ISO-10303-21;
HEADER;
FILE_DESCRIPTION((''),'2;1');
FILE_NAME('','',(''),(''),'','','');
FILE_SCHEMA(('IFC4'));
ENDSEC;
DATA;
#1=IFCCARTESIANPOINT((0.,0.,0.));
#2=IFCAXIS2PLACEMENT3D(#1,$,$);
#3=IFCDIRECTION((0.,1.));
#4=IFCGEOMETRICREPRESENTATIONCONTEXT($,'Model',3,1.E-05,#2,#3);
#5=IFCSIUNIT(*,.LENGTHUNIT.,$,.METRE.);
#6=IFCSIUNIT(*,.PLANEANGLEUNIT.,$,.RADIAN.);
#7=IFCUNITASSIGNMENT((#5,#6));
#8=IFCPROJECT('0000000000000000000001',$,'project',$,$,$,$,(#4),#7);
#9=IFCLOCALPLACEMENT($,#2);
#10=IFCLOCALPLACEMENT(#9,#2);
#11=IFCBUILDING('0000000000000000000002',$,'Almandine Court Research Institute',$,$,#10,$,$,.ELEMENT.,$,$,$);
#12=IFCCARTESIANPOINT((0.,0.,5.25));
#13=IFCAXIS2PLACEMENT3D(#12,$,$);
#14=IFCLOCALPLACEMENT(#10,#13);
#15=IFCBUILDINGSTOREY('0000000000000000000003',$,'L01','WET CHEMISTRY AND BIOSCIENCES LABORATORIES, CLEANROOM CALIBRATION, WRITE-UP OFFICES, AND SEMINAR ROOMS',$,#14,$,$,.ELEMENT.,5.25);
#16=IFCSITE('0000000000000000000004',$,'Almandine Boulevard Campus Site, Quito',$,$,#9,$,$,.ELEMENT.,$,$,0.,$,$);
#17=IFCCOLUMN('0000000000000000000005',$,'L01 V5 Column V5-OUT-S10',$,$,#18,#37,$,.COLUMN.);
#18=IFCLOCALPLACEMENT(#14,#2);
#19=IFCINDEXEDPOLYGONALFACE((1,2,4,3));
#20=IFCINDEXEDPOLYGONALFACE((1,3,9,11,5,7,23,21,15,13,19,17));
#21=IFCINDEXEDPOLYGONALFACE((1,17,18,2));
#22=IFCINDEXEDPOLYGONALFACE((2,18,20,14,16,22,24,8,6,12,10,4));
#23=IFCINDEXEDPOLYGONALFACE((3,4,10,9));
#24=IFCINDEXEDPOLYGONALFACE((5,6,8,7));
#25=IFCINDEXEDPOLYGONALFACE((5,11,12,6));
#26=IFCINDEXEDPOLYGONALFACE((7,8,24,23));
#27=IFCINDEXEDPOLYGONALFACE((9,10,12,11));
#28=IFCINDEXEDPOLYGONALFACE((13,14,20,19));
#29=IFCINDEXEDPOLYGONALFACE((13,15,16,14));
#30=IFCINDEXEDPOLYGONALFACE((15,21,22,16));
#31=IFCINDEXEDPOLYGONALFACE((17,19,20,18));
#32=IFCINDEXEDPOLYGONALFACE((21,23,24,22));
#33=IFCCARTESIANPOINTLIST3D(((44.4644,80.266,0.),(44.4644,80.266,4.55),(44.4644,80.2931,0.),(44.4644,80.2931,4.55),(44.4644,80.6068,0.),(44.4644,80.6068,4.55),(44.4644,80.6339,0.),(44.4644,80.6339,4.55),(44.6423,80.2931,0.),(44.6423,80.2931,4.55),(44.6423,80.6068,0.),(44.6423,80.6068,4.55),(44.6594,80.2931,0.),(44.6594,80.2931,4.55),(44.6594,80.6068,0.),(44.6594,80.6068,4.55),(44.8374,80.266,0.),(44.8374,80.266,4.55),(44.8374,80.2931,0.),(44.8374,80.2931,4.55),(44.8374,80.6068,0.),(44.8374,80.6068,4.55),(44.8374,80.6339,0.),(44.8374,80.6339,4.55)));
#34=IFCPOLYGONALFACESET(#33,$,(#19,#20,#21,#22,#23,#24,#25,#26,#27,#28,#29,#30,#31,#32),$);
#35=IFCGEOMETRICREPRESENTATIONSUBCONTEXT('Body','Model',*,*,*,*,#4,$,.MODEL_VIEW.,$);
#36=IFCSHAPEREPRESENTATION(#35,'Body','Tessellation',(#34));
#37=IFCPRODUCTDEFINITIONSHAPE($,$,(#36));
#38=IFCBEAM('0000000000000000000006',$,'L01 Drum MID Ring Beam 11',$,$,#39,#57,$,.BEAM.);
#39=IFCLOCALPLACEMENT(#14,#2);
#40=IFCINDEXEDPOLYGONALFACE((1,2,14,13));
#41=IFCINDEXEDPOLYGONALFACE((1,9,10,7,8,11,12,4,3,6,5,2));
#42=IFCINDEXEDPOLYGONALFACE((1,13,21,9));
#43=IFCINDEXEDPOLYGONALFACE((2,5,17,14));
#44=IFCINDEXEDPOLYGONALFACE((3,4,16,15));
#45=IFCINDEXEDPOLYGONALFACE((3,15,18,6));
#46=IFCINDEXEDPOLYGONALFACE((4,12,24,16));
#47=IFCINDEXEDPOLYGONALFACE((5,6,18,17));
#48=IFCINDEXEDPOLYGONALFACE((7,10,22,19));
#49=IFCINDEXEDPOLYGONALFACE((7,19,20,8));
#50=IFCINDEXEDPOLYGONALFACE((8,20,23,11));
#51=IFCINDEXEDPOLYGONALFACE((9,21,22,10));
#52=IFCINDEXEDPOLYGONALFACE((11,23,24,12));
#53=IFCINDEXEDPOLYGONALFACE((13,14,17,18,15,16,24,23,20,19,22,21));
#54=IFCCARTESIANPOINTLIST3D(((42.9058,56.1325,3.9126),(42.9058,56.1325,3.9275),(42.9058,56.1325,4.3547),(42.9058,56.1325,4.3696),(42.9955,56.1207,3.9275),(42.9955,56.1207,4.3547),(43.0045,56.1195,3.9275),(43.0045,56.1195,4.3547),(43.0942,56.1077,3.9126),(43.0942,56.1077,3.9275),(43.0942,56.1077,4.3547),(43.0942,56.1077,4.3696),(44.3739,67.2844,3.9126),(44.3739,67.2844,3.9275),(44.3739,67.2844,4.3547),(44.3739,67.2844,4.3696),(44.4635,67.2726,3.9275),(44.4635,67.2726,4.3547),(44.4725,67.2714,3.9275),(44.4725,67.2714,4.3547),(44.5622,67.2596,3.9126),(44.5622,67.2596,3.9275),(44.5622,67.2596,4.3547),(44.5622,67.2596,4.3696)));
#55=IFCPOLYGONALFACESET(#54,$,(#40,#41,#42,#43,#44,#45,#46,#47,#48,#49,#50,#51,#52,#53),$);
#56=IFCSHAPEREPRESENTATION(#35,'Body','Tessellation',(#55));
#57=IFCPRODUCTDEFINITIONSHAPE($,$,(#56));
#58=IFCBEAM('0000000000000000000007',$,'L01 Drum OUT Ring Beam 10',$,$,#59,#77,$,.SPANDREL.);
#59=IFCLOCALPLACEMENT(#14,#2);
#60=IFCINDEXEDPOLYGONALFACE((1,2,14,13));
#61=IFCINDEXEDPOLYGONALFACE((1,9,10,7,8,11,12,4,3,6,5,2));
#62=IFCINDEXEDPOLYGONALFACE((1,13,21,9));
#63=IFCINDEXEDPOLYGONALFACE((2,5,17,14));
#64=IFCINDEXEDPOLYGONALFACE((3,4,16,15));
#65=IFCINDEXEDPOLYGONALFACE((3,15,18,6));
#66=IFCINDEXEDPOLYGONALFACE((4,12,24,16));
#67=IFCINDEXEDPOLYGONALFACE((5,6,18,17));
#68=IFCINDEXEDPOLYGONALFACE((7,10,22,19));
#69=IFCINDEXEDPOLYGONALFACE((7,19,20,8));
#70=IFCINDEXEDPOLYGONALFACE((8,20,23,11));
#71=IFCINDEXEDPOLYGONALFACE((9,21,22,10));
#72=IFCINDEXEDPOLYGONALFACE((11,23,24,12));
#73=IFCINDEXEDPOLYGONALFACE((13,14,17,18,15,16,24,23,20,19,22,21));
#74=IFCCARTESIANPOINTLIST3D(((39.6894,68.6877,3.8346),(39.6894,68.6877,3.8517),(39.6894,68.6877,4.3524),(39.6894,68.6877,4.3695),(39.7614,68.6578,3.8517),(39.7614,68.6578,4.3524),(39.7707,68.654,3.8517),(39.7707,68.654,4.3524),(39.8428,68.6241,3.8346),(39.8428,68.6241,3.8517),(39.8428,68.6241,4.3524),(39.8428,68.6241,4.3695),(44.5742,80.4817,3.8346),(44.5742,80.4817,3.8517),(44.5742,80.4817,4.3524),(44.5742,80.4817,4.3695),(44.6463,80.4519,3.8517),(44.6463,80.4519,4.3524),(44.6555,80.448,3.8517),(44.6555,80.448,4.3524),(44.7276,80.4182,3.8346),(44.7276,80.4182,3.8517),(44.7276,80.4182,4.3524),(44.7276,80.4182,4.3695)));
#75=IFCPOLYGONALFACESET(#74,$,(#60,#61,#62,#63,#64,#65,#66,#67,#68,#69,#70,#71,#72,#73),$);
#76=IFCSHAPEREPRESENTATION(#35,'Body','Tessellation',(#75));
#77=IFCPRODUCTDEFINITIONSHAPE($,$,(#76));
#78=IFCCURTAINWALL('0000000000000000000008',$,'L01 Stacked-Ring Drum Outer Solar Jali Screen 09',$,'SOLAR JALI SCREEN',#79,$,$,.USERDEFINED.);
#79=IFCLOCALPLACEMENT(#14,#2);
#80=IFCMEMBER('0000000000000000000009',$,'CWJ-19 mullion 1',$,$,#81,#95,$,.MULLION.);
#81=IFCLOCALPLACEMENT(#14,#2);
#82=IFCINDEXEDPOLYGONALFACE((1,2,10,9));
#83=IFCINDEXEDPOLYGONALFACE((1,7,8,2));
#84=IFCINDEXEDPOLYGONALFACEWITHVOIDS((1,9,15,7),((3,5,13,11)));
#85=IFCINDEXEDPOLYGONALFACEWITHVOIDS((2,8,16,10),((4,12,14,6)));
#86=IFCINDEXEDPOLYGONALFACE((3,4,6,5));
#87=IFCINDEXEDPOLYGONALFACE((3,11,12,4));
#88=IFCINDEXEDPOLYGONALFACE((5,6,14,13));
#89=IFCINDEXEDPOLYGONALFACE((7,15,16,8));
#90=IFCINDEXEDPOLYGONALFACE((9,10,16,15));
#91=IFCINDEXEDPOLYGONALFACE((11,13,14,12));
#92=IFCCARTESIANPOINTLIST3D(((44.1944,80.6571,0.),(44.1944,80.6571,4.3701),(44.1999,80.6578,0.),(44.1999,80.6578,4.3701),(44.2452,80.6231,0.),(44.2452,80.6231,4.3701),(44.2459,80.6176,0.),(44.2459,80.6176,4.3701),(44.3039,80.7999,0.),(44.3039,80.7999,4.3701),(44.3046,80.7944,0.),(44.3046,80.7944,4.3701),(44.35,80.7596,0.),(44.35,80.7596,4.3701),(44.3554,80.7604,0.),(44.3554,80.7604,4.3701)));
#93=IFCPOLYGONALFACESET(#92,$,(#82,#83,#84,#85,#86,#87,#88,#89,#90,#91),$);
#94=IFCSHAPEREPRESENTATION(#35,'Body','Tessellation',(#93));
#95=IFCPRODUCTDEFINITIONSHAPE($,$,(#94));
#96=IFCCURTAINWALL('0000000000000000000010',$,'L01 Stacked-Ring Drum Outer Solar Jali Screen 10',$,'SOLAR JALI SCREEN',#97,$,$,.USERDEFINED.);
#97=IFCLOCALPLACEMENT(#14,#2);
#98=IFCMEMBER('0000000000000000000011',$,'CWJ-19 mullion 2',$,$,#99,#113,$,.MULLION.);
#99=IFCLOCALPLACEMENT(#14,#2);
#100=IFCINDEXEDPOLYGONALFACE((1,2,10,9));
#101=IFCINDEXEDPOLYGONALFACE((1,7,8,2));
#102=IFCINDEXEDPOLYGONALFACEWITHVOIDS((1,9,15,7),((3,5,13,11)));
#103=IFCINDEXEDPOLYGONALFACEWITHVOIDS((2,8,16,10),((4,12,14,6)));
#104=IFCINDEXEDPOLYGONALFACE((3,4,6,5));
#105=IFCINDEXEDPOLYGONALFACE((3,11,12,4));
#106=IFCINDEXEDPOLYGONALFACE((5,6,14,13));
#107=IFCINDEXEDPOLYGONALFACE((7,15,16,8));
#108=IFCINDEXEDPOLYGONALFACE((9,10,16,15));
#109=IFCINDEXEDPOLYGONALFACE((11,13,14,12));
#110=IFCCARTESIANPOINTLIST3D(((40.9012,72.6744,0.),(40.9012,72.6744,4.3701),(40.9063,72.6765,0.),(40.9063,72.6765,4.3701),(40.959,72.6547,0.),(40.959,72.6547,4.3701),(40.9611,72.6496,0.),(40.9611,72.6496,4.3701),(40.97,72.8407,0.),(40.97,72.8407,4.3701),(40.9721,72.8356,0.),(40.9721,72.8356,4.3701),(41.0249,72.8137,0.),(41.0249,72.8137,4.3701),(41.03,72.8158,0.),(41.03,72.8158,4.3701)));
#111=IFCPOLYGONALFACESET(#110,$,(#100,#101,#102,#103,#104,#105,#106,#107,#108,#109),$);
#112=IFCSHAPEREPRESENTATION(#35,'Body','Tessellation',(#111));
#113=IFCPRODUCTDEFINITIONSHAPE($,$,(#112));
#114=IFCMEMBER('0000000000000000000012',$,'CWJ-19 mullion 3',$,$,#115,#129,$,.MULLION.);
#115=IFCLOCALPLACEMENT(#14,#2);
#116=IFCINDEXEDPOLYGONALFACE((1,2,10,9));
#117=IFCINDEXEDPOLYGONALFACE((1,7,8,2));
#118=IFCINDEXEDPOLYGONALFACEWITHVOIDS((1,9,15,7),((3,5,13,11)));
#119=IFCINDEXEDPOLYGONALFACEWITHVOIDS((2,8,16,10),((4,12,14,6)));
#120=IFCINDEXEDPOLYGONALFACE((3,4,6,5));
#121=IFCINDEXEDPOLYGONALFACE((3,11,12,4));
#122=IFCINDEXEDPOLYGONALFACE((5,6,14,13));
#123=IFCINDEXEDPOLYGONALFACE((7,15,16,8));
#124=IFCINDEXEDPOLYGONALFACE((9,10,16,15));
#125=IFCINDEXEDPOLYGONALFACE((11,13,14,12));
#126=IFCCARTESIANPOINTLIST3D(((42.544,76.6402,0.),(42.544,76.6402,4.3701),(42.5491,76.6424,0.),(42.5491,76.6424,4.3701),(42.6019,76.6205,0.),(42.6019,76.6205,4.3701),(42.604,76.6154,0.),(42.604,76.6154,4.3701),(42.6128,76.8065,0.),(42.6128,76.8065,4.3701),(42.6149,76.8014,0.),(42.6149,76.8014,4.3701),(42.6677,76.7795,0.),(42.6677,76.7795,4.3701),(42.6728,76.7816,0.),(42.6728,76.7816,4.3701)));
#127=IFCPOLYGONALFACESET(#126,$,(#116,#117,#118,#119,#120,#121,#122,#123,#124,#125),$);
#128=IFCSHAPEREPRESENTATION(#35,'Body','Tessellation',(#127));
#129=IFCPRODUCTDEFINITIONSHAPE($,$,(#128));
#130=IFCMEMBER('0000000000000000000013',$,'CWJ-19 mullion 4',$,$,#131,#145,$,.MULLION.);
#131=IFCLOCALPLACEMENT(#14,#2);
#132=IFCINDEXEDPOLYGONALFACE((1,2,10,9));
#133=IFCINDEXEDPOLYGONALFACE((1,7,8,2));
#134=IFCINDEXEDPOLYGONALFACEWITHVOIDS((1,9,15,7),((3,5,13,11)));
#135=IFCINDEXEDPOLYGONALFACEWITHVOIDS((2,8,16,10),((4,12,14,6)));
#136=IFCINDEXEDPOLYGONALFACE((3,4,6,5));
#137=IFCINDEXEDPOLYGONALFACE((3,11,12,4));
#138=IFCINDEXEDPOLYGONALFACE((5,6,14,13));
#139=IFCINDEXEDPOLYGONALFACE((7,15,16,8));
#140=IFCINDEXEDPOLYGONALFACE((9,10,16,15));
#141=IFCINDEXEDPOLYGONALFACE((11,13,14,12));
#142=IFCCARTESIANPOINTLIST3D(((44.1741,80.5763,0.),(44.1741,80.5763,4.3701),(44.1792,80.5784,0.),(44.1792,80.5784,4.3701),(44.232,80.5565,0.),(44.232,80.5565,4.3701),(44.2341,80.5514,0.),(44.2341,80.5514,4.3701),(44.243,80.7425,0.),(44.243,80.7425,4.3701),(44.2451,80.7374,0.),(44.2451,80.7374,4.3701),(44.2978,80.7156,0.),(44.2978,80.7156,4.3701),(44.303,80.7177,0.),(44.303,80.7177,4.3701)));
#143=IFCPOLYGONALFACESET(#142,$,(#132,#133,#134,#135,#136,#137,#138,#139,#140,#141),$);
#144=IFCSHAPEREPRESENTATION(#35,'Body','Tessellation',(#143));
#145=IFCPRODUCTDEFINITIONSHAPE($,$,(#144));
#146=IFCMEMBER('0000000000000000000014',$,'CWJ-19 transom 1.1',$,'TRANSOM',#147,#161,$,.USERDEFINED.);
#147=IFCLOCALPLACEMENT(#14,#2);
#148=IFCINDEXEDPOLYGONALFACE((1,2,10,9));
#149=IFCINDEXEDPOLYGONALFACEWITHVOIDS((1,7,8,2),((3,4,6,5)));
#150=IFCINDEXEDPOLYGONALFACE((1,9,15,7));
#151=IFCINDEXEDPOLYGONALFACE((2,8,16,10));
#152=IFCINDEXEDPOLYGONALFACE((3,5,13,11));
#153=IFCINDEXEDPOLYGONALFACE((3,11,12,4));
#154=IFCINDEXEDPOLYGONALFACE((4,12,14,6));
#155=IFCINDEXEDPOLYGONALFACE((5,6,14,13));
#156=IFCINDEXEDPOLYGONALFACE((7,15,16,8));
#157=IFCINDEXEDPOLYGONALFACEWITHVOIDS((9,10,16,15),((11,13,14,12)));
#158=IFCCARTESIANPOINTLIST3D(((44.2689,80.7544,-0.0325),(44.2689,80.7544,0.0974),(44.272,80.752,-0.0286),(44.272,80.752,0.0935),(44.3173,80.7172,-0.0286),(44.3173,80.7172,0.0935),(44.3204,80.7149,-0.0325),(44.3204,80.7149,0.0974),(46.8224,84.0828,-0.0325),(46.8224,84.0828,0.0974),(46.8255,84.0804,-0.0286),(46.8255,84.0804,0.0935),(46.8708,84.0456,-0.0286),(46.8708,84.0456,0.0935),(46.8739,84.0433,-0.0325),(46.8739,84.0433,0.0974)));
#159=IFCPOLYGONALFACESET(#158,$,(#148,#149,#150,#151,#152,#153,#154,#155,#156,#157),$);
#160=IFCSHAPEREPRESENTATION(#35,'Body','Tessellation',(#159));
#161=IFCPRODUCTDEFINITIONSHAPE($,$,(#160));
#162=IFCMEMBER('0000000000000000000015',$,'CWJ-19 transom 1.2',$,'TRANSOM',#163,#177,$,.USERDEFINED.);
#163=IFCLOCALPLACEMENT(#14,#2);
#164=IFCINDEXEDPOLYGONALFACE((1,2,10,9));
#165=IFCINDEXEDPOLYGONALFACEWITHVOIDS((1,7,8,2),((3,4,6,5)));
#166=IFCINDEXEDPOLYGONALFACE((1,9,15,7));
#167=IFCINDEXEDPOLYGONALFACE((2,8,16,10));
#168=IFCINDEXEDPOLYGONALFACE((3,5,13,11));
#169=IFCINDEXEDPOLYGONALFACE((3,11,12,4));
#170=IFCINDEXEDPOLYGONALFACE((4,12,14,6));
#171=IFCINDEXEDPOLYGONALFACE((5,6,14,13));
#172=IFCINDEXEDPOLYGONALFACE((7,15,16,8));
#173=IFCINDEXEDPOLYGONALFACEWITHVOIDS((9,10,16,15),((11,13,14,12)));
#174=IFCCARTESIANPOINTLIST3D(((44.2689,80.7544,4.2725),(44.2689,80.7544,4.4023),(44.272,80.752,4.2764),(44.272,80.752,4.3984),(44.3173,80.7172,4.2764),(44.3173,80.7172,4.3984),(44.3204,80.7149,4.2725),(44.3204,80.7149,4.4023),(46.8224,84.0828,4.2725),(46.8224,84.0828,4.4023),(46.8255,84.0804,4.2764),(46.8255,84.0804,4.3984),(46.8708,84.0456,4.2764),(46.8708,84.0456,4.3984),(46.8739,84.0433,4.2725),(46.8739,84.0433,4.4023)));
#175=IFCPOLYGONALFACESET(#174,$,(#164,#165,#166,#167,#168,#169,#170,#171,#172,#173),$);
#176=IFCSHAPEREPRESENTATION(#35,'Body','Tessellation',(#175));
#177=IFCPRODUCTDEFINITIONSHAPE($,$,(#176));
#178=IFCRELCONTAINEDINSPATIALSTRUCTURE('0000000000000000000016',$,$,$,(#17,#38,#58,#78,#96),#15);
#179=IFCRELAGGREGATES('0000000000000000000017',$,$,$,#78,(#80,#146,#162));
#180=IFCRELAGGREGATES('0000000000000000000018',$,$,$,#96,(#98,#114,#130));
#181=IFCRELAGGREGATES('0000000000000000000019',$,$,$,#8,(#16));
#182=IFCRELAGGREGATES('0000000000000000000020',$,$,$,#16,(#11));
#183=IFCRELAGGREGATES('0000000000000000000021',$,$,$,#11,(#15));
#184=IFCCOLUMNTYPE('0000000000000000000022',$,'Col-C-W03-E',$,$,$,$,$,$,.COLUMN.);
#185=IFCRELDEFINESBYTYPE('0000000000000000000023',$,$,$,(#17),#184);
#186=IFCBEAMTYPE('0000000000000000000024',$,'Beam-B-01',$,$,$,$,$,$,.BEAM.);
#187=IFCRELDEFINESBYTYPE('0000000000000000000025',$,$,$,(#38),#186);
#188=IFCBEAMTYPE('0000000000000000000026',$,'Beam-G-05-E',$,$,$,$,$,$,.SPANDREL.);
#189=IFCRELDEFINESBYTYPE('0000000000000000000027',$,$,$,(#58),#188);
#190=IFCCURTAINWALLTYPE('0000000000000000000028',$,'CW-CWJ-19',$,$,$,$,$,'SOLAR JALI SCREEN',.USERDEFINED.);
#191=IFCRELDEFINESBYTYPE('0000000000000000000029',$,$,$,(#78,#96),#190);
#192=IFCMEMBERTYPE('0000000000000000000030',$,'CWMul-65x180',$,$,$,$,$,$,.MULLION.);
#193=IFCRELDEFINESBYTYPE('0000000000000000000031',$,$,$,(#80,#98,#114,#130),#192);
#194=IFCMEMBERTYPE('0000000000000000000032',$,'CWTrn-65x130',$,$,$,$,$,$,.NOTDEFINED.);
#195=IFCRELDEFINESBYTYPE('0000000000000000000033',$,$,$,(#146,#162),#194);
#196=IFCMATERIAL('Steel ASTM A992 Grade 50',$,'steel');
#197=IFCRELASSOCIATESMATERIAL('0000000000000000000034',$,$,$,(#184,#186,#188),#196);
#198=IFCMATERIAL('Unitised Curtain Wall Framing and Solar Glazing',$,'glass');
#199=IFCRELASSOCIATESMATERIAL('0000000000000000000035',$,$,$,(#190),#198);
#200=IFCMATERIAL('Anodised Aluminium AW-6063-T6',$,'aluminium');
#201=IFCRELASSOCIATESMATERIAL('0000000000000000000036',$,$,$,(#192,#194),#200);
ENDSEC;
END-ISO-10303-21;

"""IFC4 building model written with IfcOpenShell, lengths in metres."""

from ifc_helpers import new_model, si_unit, direction, frame, origin, origin_2d, place, context, subcontext, project, spatial, hollow_rectangle, i_section, extrude, material, material_profile, profile_set, type_object, element, aggregate, save


model = new_model("IFC4")

# Units and contexts
model_context = context("Model", 3, precision=1e-05, world=origin(), true_north=direction((0.0, 1.0)))
body_context = subcontext(model_context, "Body", "Model", "MODEL_VIEW")
ifc_project = project(units=[si_unit("LENGTHUNIT", "METRE"), si_unit("PLANEANGLEUNIT", "RADIAN")], contexts=[model_context])

# Site, building, storey
site_placement = place(None, origin())
site = spatial("IfcSite", under=ifc_project, at=site_placement, Name="Almandine Boulevard Campus Site, Quito", CompositionType="ELEMENT", RefElevation=0.0)
building_placement = place(site_placement, origin())
building = spatial("IfcBuilding", under=site, at=building_placement, Name="Almandine Court Research Institute", CompositionType="ELEMENT")
storey_placement = place(building_placement, frame((0.0, 0.0, 5.25)))
storey = spatial("IfcBuildingStorey", under=building, at=storey_placement, Name="L01", Description="WET CHEMISTRY AND BIOSCIENCES LABORATORIES, CLEANROOM CALIBRATION, WRITE-UP OFFICES, AND SEMINAR ROOMS", CompositionType="ELEMENT", Elevation=5.25)

# Column
ifc_material_1 = material(Name="Steel ASTM A992 Grade 50", Category="steel")
ifc_material_profile_1 = material_profile(ifc_material_1, i_section(OverallWidth=0.373, OverallDepth=0.3679, WebThickness=0.0171, FlangeThickness=0.0271, at=origin_2d()), Name="W360x179")
ifc_profile_set_1 = profile_set([ifc_material_profile_1], Name="Steel ASTM A992 Grade 50")
column_type = type_object("IfcColumnType", Name="Col-C-W03-E", PredefinedType="COLUMN", material=ifc_profile_set_1)
column_placement = place(storey_placement, frame((44.6509, 80.45, 0.0), z_axis=(0.0, 0.0, 1.0), x_axis=(1.0, 0.0, 0.0)))
element("IfcColumn", 1, at=column_placement, inside=storey, type_object=column_type, Name="L01 V5 Column V5-OUT-S10", PredefinedType="COLUMN", context=body_context, shape_type="SweptSolid", body=[
    extrude(i_section(OverallWidth=0.373, OverallDepth=0.3679, WebThickness=0.0171, FlangeThickness=0.0271, at=origin_2d()), origin(), (0.0, 0.0, 1.0), 4.55),
])

# Beams
ifc_material_profile_2 = material_profile(ifc_material_1, i_section(OverallWidth=0.1899, OverallDepth=0.457, WebThickness=0.009, FlangeThickness=0.0149, at=origin_2d()), Name="W460x74")
ifc_profile_set_2 = profile_set([ifc_material_profile_2], Name="Steel ASTM A992 Grade 50")
beam_type_1 = type_object("IfcBeamType", Name="Beam-B-01", PredefinedType="BEAM", material=ifc_profile_set_2)
beam_1_placement = place(storey_placement, frame((44.468, 67.272, 4.1411), z_axis=(-0.130513, -0.991447, 0.0), x_axis=(0.991447, -0.130513, 0.0)))
element("IfcBeam", 2, at=beam_1_placement, inside=storey, type_object=beam_type_1, Name="L01 Drum MID Ring Beam 11", PredefinedType="BEAM", context=body_context, shape_type="SweptSolid", body=[
    extrude(i_section(OverallWidth=0.1899, OverallDepth=0.457, WebThickness=0.009, FlangeThickness=0.0149, at=origin_2d()), origin(), (0.0, 0.0, 1.0), 11.248),
])
ifc_material_profile_3 = material_profile(ifc_material_1, i_section(OverallWidth=0.166, OverallDepth=0.5349, WebThickness=0.01, FlangeThickness=0.0171, at=origin_2d()), Name="W530x85")
ifc_profile_set_3 = profile_set([ifc_material_profile_3], Name="Steel ASTM A992 Grade 50")
beam_type_2 = type_object("IfcBeamType", Name="Beam-G-05-E", PredefinedType="SPANDREL", material=ifc_profile_set_3)
beam_2_placement = place(storey_placement, frame((44.6509, 80.45, 4.1021), z_axis=(-0.382654, -0.923892, 0.0), x_axis=(0.923892, -0.382654, 0.0)))
element("IfcBeam", 3, at=beam_2_placement, inside=storey, type_object=beam_type_2, Name="L01 Drum OUT Ring Beam 10", PredefinedType="SPANDREL", context=body_context, shape_type="SweptSolid", body=[
    extrude(i_section(OverallWidth=0.166, OverallDepth=0.5349, WebThickness=0.01, FlangeThickness=0.0171, at=origin_2d()), origin(), (0.0, 0.0, 1.0), 12.7656),
])

# Curtain wall, member
ifc_material_2 = material(Name="Unitised Curtain Wall Framing and Solar Glazing", Category="glass")
curtain_wall_type = type_object("IfcCurtainWallType", Name="CW-CWJ-19", ElementType="SOLAR JALI SCREEN", PredefinedType="USERDEFINED", material=ifc_material_2)
curtain_wall_1_placement = place(storey_placement, origin())
curtain_wall_1 = element("IfcCurtainWall", 4, at=curtain_wall_1_placement, inside=storey, type_object=curtain_wall_type, Name="L01 Stacked-Ring Drum Outer Solar Jali Screen 09", ObjectType="SOLAR JALI SCREEN", PredefinedType="USERDEFINED")
ifc_material_3 = material(Name="Anodised Aluminium AW-6063-T6", Category="aluminium")
ifc_material_profile_4 = material_profile(ifc_material_3, hollow_rectangle(XDim=0.0649, YDim=0.1799, WallThickness=0.0039, at=origin_2d()), Name="ALU RHS 65x180x4")
ifc_profile_set_4 = profile_set([ifc_material_profile_4], Name="Anodised Aluminium AW-6063-T6")
member_type_1 = type_object("IfcMemberType", Name="CWMul-65x180", PredefinedType="MULLION", material=ifc_profile_set_4)
member_1_placement = place(storey_placement, frame((44.2749, 80.7087, 0.0), z_axis=(0.0, 0.0, 1.0), x_axis=(-0.793383, 0.608723, 0.0)))
member_1 = element("IfcMember", 5, at=member_1_placement, type_object=member_type_1, Name="CWJ-19 mullion 1", PredefinedType="MULLION", context=body_context, shape_type="SweptSolid", body=[
    extrude(hollow_rectangle(XDim=0.0649, YDim=0.1799, WallThickness=0.0039, at=origin_2d()), origin(), (0.0, 0.0, 1.0), 4.3701),
])

# Curtain wall, members
curtain_wall_2_placement = place(storey_placement, origin())
curtain_wall_2 = element("IfcCurtainWall", 6, at=curtain_wall_2_placement, inside=storey, type_object=curtain_wall_type, Name="L01 Stacked-Ring Drum Outer Solar Jali Screen 10", ObjectType="SOLAR JALI SCREEN", PredefinedType="USERDEFINED")
member_2_placement = place(storey_placement, frame((40.9656, 72.7451, 0.0), z_axis=(0.0, 0.0, 1.0), x_axis=(-0.923888, 0.382663, 0.0)))
member_2 = element("IfcMember", 7, at=member_2_placement, type_object=member_type_1, Name="CWJ-19 mullion 2", PredefinedType="MULLION", context=body_context, shape_type="SweptSolid", body=[
    extrude(hollow_rectangle(XDim=0.0649, YDim=0.1799, WallThickness=0.0039, at=origin_2d()), origin(), (0.0, 0.0, 1.0), 4.3701),
])
member_3_placement = place(storey_placement, frame((42.6084, 76.7109, 0.0), z_axis=(0.0, 0.0, 1.0), x_axis=(-0.923888, 0.382663, 0.0)))
member_3 = element("IfcMember", 8, at=member_3_placement, type_object=member_type_1, Name="CWJ-19 mullion 3", PredefinedType="MULLION", context=body_context, shape_type="SweptSolid", body=[
    extrude(hollow_rectangle(XDim=0.0649, YDim=0.1799, WallThickness=0.0039, at=origin_2d()), origin(), (0.0, 0.0, 1.0), 4.3701),
])
member_4_placement = place(storey_placement, frame((44.2385, 80.647, 0.0), z_axis=(0.0, 0.0, 1.0), x_axis=(-0.923888, 0.382663, 0.0)))
member_4 = element("IfcMember", 9, at=member_4_placement, type_object=member_type_1, Name="CWJ-19 mullion 4", PredefinedType="MULLION", context=body_context, shape_type="SweptSolid", body=[
    extrude(hollow_rectangle(XDim=0.0649, YDim=0.1799, WallThickness=0.0039, at=origin_2d()), origin(), (0.0, 0.0, 1.0), 4.3701),
])

# Members
ifc_material_profile_5 = material_profile(ifc_material_3, hollow_rectangle(XDim=0.0649, YDim=0.1299, WallThickness=0.0039, at=origin_2d()), Name="ALU RHS 65x130x4")
ifc_profile_set_5 = profile_set([ifc_material_profile_5], Name="Anodised Aluminium AW-6063-T6")
member_type_2 = type_object("IfcMemberType", Name="CWTrn-65x130", PredefinedType="NOTDEFINED", material=ifc_profile_set_5)
member_5_placement = place(storey_placement, frame((44.2947, 80.7346, 0.0325), z_axis=(0.608689, 0.793409, 0.0), x_axis=(-0.793409, 0.608689, 0.0)))
member_5 = element("IfcMember", 10, at=member_5_placement, type_object=member_type_2, Name="CWJ-19 transom 1.1", ObjectType="TRANSOM", PredefinedType="USERDEFINED", context=body_context, shape_type="SweptSolid", body=[
    extrude(hollow_rectangle(XDim=0.0649, YDim=0.1299, WallThickness=0.0039, at=origin_2d()), origin(), (0.0, 0.0, 1.0), 4.1951),
])
member_6_placement = place(storey_placement, frame((44.2947, 80.7346, 4.3374), z_axis=(0.608689, 0.793409, 0.0), x_axis=(-0.793409, 0.608689, 0.0)))
member_6 = element("IfcMember", 11, at=member_6_placement, type_object=member_type_2, Name="CWJ-19 transom 1.2", ObjectType="TRANSOM", PredefinedType="USERDEFINED", context=body_context, shape_type="SweptSolid", body=[
    extrude(hollow_rectangle(XDim=0.0649, YDim=0.1299, WallThickness=0.0039, at=origin_2d()), origin(), (0.0, 0.0, 1.0), 4.1951),
])
aggregate(curtain_wall_1, [member_1, member_5, member_6])

aggregate(curtain_wall_2, [member_2, member_3, member_4])

save(model, "model.ifc")
